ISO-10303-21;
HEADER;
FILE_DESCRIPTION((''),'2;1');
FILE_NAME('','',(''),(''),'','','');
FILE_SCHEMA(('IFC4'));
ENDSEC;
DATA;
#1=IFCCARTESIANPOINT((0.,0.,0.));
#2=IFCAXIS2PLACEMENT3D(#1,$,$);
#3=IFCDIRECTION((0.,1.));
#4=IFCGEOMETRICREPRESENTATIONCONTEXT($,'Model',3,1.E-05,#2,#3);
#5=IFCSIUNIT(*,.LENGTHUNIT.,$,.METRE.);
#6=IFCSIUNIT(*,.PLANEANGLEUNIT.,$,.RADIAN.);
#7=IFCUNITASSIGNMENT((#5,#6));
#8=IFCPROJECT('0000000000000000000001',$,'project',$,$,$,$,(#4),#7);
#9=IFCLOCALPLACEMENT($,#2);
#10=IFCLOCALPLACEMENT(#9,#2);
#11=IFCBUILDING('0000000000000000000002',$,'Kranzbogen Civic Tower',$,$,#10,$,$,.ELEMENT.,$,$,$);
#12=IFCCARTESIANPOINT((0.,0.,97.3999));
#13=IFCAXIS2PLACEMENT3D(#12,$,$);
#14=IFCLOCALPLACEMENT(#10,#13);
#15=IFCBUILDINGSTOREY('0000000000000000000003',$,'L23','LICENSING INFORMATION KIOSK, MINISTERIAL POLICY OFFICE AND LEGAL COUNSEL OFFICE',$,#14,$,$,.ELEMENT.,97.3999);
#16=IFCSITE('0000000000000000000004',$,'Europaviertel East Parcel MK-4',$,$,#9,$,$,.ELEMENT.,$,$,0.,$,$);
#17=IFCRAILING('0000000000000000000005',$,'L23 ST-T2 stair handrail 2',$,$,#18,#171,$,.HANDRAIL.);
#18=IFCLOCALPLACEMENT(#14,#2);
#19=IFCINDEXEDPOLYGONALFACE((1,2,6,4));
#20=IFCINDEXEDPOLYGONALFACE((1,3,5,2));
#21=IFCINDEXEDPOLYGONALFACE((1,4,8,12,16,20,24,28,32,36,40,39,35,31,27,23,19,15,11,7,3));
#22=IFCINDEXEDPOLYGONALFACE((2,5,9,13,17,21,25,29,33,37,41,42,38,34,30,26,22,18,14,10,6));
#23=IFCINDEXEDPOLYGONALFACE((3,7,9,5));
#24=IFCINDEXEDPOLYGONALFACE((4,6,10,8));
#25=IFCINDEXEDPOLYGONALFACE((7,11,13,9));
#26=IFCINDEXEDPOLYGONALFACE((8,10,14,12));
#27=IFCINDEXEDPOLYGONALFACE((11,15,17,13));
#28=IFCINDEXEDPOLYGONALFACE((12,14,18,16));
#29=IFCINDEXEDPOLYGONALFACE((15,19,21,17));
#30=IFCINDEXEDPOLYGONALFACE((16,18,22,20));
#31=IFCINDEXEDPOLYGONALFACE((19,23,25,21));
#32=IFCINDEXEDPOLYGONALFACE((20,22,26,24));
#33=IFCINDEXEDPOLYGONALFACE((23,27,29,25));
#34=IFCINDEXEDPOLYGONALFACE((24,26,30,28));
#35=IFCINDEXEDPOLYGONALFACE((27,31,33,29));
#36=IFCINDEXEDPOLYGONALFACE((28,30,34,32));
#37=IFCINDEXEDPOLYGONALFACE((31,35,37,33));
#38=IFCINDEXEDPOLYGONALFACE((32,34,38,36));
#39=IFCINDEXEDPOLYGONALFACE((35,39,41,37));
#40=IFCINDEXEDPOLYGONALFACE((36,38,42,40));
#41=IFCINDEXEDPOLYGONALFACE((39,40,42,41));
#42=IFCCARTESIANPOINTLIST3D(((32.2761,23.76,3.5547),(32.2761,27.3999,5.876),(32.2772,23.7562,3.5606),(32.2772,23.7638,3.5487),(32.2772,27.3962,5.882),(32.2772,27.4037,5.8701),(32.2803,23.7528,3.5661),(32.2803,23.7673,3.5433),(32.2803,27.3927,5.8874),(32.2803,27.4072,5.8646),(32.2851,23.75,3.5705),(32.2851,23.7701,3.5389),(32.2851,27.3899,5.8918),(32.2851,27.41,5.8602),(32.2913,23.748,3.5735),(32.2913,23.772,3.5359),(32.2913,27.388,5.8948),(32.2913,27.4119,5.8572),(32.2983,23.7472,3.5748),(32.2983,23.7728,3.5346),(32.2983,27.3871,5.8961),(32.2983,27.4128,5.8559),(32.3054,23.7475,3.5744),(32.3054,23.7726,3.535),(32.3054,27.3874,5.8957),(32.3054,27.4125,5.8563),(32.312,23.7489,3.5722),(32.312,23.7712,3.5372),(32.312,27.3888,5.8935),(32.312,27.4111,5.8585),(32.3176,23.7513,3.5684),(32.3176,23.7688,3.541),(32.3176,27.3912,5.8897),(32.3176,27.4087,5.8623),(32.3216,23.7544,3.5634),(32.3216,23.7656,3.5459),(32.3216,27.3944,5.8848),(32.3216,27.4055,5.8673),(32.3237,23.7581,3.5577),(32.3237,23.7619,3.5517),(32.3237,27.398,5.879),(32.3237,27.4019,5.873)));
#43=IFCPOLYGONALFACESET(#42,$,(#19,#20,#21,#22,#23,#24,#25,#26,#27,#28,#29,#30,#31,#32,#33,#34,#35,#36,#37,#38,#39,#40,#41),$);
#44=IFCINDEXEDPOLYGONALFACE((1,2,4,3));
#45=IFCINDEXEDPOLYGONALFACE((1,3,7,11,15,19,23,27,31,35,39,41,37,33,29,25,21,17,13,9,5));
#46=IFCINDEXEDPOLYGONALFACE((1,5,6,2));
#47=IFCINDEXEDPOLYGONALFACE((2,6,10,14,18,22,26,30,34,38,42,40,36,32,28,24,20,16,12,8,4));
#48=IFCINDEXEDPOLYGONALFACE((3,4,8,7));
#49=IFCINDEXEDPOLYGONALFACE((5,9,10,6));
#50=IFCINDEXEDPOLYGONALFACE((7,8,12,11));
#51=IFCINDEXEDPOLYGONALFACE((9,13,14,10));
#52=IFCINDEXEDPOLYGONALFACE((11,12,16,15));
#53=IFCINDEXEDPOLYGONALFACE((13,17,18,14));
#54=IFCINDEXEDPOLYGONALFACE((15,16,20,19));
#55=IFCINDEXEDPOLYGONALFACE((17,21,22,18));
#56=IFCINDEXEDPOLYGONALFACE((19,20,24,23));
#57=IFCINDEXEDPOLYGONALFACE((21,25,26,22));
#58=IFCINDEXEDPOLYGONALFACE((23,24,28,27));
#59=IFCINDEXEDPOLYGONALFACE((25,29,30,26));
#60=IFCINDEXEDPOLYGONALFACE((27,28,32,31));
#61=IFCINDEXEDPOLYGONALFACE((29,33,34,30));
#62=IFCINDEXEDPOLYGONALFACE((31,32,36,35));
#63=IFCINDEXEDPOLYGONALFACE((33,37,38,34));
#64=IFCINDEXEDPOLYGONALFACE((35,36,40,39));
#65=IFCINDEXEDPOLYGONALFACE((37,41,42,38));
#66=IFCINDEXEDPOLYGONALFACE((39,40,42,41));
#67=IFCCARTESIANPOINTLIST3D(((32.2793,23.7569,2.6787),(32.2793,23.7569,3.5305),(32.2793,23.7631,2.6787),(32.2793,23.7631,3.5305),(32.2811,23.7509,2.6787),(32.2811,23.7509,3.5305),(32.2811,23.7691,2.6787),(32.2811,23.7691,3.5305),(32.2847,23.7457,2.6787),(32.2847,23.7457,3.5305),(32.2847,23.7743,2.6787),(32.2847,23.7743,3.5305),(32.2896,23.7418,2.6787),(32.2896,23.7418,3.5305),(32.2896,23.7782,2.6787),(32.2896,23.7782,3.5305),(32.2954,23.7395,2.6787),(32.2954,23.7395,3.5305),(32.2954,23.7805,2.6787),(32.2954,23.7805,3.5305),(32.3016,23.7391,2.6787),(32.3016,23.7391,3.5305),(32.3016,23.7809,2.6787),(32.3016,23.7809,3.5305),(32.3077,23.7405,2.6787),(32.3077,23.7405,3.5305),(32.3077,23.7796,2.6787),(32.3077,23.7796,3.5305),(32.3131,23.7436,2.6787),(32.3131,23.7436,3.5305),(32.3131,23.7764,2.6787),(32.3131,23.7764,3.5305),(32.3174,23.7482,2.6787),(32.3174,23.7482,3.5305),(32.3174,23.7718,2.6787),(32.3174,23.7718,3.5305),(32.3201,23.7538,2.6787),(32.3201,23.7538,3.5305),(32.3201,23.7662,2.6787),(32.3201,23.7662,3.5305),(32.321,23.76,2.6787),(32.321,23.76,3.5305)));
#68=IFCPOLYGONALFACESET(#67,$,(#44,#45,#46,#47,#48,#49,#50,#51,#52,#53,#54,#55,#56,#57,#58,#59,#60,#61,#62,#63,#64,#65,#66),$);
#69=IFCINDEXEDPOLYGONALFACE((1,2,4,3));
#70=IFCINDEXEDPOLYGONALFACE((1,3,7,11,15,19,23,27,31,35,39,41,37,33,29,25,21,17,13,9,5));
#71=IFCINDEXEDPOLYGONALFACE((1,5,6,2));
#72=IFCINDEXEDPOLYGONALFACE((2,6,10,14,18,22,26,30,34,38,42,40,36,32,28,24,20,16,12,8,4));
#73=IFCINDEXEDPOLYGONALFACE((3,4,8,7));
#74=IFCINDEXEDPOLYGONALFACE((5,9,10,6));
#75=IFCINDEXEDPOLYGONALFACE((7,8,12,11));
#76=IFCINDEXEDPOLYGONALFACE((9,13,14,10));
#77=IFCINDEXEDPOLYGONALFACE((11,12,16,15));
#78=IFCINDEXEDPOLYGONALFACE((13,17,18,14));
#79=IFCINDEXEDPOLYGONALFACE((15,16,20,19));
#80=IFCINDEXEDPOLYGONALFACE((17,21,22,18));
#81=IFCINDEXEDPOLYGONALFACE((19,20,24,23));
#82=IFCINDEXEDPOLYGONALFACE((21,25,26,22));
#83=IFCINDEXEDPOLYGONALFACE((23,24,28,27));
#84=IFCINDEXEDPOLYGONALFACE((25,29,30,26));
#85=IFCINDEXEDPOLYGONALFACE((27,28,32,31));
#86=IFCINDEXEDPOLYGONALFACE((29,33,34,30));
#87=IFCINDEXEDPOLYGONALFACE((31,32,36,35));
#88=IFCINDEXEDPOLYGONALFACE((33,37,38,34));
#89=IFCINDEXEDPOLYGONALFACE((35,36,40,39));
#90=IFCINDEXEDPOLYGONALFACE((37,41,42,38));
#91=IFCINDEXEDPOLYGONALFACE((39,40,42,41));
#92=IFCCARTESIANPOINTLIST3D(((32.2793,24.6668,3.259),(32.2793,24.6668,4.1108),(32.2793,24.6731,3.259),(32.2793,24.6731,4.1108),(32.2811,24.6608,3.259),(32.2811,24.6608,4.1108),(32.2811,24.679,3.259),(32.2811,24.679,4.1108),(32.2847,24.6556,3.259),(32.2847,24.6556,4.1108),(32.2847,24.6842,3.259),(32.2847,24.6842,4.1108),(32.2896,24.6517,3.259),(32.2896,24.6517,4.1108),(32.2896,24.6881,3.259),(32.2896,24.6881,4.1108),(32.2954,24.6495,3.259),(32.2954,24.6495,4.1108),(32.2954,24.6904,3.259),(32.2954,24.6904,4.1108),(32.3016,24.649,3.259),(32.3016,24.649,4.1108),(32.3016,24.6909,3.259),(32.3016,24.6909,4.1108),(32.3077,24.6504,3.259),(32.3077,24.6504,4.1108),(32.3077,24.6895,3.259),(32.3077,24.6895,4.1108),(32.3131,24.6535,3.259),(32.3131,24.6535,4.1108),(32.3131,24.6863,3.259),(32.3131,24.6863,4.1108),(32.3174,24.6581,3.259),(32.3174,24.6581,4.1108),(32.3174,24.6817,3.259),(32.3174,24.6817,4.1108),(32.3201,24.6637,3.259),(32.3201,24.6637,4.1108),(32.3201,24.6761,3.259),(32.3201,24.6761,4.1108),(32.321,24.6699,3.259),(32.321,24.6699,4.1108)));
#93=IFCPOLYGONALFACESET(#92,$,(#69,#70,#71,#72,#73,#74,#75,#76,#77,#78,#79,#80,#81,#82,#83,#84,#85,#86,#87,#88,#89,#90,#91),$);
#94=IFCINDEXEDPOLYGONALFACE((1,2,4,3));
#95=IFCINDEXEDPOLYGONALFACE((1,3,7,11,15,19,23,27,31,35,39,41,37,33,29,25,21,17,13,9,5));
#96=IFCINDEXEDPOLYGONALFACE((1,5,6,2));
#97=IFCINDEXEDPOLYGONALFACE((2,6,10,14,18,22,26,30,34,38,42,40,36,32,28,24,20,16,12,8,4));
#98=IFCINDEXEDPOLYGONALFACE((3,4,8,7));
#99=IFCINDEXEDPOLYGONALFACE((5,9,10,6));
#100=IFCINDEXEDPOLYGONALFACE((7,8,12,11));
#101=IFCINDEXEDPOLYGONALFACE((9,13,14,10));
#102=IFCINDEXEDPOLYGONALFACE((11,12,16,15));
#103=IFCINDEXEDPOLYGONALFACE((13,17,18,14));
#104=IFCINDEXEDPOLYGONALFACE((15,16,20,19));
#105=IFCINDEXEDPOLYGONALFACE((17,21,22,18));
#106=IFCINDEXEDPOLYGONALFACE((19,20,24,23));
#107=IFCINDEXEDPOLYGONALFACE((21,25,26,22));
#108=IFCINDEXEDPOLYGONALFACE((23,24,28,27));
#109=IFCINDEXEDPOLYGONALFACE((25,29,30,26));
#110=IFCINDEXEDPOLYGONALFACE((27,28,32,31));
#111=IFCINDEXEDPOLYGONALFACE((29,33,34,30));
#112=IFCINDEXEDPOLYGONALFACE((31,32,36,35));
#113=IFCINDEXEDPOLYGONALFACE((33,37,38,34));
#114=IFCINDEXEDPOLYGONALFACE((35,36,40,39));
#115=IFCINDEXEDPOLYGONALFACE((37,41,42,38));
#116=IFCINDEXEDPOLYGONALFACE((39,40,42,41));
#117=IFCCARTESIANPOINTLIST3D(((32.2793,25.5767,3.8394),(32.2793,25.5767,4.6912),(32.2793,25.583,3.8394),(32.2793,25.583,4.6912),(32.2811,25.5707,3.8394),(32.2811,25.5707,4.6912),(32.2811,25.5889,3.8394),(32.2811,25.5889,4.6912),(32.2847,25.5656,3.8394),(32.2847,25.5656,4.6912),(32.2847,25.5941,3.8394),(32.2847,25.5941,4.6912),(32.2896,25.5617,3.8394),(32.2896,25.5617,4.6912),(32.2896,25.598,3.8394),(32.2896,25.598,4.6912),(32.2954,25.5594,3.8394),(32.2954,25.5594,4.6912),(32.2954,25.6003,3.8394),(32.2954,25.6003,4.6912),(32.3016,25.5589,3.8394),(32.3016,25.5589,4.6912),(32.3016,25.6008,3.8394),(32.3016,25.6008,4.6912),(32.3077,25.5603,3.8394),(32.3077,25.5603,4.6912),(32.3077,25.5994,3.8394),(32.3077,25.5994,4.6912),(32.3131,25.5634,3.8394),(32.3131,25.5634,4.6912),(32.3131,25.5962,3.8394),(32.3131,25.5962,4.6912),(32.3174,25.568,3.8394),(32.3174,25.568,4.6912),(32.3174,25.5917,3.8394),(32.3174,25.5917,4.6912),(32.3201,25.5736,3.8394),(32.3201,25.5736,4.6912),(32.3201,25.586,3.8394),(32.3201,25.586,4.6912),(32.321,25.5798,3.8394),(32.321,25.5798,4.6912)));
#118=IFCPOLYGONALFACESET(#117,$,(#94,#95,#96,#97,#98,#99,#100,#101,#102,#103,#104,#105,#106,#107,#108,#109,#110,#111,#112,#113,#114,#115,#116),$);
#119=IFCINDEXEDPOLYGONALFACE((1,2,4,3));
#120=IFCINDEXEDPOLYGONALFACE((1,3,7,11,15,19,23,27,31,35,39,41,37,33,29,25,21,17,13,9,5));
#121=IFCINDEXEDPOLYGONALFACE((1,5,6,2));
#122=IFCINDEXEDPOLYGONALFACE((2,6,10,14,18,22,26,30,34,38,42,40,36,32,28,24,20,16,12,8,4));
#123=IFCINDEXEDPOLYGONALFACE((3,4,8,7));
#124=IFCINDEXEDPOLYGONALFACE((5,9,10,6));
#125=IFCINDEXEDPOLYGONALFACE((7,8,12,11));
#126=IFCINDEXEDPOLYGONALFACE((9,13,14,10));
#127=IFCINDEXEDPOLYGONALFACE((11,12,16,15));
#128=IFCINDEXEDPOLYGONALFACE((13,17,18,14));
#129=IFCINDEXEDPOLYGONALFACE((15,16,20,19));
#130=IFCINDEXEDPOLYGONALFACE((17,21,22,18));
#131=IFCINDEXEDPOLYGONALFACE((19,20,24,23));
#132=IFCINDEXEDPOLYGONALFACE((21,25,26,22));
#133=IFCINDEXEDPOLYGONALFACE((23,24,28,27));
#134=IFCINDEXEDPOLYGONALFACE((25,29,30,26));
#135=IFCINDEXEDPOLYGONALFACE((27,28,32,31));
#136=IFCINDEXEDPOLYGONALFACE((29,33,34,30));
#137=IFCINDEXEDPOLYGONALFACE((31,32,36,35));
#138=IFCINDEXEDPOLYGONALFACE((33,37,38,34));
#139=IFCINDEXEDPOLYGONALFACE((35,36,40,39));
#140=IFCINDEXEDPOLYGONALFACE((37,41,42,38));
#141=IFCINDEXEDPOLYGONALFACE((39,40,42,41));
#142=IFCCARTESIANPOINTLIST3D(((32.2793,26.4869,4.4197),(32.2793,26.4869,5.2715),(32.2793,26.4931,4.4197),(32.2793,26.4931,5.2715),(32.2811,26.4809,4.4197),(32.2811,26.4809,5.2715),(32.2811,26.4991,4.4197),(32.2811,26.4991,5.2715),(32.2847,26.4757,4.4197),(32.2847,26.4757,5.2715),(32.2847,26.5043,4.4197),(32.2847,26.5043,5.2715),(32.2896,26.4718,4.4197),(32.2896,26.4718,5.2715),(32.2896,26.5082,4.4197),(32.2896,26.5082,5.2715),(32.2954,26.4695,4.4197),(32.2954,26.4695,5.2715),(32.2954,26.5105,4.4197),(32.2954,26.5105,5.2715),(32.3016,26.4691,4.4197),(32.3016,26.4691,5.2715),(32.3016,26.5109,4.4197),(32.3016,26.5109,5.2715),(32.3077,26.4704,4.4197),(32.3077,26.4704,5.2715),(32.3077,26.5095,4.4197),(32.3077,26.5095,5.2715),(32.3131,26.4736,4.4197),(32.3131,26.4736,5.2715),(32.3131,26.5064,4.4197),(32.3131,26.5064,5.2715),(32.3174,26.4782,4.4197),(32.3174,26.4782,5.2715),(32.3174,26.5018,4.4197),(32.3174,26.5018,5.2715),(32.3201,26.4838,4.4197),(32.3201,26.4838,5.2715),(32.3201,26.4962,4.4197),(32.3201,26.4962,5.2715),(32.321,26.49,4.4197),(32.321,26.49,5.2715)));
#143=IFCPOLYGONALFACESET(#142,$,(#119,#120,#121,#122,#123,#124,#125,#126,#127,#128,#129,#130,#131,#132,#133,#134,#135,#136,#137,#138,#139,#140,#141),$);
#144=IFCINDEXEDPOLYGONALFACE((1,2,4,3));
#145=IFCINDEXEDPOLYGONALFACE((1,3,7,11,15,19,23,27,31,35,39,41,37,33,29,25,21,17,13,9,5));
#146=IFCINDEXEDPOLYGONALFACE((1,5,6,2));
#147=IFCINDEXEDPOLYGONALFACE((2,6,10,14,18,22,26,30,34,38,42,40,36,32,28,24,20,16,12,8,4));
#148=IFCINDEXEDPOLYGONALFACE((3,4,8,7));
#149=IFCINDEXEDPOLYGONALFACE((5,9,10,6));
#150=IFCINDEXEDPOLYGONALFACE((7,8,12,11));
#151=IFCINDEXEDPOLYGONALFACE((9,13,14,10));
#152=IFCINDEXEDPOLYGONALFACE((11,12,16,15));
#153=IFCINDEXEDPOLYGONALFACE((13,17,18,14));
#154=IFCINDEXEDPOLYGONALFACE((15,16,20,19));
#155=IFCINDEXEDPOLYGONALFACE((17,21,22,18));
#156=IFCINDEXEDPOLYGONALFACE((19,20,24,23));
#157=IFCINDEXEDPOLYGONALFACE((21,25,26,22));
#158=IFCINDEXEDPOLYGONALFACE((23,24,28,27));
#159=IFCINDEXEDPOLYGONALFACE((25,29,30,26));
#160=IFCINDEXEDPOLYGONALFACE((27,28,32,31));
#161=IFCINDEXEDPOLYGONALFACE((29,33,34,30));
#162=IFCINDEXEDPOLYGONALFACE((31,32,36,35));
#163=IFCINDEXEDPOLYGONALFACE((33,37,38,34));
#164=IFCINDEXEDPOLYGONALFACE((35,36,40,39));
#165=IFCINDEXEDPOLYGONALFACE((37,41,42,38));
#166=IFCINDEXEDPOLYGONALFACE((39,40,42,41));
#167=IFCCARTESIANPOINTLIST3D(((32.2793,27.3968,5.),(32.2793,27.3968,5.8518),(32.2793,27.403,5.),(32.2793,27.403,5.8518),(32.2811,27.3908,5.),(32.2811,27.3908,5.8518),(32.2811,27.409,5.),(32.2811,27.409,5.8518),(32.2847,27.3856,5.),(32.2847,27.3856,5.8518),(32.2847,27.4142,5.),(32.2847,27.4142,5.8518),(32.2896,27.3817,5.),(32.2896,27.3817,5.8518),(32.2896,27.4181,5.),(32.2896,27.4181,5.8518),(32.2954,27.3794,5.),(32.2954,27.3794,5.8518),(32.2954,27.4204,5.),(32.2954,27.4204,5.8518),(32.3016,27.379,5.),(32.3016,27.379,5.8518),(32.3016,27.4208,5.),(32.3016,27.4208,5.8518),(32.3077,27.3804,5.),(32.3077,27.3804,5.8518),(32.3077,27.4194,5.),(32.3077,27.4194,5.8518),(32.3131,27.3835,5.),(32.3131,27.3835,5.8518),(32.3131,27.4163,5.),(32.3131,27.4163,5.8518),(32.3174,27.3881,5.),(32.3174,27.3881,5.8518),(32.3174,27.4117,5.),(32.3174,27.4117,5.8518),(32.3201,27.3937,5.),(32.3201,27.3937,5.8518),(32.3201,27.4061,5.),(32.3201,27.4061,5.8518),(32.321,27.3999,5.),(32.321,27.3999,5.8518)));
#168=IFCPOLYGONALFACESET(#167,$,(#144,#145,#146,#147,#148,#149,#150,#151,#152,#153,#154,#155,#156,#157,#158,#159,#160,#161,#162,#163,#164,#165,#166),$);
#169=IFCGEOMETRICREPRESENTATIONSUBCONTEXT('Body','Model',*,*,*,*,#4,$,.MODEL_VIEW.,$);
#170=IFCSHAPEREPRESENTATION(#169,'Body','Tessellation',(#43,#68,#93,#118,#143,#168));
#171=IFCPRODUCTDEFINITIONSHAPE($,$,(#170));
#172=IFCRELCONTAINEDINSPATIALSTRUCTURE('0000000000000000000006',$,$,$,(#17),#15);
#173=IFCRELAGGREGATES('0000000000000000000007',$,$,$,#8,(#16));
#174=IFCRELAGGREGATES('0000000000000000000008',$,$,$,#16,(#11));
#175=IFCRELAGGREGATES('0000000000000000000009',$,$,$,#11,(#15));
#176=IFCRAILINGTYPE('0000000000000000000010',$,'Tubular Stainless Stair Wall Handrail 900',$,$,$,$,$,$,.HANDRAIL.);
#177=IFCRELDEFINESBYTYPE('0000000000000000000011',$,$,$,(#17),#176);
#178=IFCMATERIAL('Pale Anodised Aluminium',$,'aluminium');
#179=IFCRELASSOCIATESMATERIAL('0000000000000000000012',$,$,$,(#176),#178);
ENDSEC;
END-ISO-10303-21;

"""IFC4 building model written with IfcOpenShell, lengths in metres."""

from ifc_helpers import new_model, si_unit, direction, frame, origin, origin_2d, place, context, subcontext, project, spatial, circle, extrude, material, type_object, element, save


model = new_model("IFC4")

# Units and contexts
model_context = context("Model", 3, precision=1e-05, world=origin(), true_north=direction((0.0, 1.0)))
body_context = subcontext(model_context, "Body", "Model", "MODEL_VIEW")
ifc_project = project(units=[si_unit("LENGTHUNIT", "METRE"), si_unit("PLANEANGLEUNIT", "RADIAN")], contexts=[model_context])

# Site, building, storey
site_placement = place(None, origin())
site = spatial("IfcSite", under=ifc_project, at=site_placement, Name="Europaviertel East Parcel MK-4", CompositionType="ELEMENT", RefElevation=0.0)
building_placement = place(site_placement, origin())
building = spatial("IfcBuilding", under=site, at=building_placement, Name="Kranzbogen Civic Tower", CompositionType="ELEMENT")
storey_placement = place(building_placement, frame((0.0, 0.0, 97.3999)))
storey = spatial("IfcBuildingStorey", under=building, at=storey_placement, Name="L23", Description="LICENSING INFORMATION KIOSK, MINISTERIAL POLICY OFFICE AND LEGAL COUNSEL OFFICE", CompositionType="ELEMENT", Elevation=97.3999)

# Shared definitions
ifc_material_1 = material(Name="Pale Anodised Aluminium", Category="aluminium")

# Railing
railing_type_1 = type_object("IfcRailingType", Name="Tubular Stainless Stair Wall Handrail 900", PredefinedType="HANDRAIL", material=ifc_material_1)
railing_1_placement = place(storey_placement, frame((32.3, 23.76, 2.6787)))
element("IfcRailing", 1, at=railing_1_placement, inside=storey, type_object=railing_type_1, Name="L23 ST-T2 stair handrail 2", PredefinedType="HANDRAIL", context=body_context, shape_type="SweptSolid", body=[
    extrude(circle(Radius=0.0239, at=origin_2d()), frame((0.0, 0.0, 0.876), z_axis=(0.0, 0.843137, 0.537699), x_axis=(-1.0, 0.0, 0.0)), (0.0, 0.0, 1.0), 4.3171),
    extrude(circle(Radius=0.021, at=origin_2d()), origin(), (0.0, 0.0, 1.0), 0.8518),
    extrude(circle(Radius=0.021, at=origin_2d()), frame((0.0, 0.9099, 0.5803)), (0.0, 0.0, 1.0), 0.8518),
    extrude(circle(Radius=0.021, at=origin_2d()), frame((0.0, 1.8198, 1.1606)), (0.0, 0.0, 1.0), 0.8518),
    extrude(circle(Radius=0.021, at=origin_2d()), frame((0.0, 2.73, 1.741)), (0.0, 0.0, 1.0), 0.8518),
    extrude(circle(Radius=0.021, at=origin_2d()), frame((0.0, 3.6399, 2.3213)), (0.0, 0.0, 1.0), 0.8518),
])

save(model, "model.ifc")
